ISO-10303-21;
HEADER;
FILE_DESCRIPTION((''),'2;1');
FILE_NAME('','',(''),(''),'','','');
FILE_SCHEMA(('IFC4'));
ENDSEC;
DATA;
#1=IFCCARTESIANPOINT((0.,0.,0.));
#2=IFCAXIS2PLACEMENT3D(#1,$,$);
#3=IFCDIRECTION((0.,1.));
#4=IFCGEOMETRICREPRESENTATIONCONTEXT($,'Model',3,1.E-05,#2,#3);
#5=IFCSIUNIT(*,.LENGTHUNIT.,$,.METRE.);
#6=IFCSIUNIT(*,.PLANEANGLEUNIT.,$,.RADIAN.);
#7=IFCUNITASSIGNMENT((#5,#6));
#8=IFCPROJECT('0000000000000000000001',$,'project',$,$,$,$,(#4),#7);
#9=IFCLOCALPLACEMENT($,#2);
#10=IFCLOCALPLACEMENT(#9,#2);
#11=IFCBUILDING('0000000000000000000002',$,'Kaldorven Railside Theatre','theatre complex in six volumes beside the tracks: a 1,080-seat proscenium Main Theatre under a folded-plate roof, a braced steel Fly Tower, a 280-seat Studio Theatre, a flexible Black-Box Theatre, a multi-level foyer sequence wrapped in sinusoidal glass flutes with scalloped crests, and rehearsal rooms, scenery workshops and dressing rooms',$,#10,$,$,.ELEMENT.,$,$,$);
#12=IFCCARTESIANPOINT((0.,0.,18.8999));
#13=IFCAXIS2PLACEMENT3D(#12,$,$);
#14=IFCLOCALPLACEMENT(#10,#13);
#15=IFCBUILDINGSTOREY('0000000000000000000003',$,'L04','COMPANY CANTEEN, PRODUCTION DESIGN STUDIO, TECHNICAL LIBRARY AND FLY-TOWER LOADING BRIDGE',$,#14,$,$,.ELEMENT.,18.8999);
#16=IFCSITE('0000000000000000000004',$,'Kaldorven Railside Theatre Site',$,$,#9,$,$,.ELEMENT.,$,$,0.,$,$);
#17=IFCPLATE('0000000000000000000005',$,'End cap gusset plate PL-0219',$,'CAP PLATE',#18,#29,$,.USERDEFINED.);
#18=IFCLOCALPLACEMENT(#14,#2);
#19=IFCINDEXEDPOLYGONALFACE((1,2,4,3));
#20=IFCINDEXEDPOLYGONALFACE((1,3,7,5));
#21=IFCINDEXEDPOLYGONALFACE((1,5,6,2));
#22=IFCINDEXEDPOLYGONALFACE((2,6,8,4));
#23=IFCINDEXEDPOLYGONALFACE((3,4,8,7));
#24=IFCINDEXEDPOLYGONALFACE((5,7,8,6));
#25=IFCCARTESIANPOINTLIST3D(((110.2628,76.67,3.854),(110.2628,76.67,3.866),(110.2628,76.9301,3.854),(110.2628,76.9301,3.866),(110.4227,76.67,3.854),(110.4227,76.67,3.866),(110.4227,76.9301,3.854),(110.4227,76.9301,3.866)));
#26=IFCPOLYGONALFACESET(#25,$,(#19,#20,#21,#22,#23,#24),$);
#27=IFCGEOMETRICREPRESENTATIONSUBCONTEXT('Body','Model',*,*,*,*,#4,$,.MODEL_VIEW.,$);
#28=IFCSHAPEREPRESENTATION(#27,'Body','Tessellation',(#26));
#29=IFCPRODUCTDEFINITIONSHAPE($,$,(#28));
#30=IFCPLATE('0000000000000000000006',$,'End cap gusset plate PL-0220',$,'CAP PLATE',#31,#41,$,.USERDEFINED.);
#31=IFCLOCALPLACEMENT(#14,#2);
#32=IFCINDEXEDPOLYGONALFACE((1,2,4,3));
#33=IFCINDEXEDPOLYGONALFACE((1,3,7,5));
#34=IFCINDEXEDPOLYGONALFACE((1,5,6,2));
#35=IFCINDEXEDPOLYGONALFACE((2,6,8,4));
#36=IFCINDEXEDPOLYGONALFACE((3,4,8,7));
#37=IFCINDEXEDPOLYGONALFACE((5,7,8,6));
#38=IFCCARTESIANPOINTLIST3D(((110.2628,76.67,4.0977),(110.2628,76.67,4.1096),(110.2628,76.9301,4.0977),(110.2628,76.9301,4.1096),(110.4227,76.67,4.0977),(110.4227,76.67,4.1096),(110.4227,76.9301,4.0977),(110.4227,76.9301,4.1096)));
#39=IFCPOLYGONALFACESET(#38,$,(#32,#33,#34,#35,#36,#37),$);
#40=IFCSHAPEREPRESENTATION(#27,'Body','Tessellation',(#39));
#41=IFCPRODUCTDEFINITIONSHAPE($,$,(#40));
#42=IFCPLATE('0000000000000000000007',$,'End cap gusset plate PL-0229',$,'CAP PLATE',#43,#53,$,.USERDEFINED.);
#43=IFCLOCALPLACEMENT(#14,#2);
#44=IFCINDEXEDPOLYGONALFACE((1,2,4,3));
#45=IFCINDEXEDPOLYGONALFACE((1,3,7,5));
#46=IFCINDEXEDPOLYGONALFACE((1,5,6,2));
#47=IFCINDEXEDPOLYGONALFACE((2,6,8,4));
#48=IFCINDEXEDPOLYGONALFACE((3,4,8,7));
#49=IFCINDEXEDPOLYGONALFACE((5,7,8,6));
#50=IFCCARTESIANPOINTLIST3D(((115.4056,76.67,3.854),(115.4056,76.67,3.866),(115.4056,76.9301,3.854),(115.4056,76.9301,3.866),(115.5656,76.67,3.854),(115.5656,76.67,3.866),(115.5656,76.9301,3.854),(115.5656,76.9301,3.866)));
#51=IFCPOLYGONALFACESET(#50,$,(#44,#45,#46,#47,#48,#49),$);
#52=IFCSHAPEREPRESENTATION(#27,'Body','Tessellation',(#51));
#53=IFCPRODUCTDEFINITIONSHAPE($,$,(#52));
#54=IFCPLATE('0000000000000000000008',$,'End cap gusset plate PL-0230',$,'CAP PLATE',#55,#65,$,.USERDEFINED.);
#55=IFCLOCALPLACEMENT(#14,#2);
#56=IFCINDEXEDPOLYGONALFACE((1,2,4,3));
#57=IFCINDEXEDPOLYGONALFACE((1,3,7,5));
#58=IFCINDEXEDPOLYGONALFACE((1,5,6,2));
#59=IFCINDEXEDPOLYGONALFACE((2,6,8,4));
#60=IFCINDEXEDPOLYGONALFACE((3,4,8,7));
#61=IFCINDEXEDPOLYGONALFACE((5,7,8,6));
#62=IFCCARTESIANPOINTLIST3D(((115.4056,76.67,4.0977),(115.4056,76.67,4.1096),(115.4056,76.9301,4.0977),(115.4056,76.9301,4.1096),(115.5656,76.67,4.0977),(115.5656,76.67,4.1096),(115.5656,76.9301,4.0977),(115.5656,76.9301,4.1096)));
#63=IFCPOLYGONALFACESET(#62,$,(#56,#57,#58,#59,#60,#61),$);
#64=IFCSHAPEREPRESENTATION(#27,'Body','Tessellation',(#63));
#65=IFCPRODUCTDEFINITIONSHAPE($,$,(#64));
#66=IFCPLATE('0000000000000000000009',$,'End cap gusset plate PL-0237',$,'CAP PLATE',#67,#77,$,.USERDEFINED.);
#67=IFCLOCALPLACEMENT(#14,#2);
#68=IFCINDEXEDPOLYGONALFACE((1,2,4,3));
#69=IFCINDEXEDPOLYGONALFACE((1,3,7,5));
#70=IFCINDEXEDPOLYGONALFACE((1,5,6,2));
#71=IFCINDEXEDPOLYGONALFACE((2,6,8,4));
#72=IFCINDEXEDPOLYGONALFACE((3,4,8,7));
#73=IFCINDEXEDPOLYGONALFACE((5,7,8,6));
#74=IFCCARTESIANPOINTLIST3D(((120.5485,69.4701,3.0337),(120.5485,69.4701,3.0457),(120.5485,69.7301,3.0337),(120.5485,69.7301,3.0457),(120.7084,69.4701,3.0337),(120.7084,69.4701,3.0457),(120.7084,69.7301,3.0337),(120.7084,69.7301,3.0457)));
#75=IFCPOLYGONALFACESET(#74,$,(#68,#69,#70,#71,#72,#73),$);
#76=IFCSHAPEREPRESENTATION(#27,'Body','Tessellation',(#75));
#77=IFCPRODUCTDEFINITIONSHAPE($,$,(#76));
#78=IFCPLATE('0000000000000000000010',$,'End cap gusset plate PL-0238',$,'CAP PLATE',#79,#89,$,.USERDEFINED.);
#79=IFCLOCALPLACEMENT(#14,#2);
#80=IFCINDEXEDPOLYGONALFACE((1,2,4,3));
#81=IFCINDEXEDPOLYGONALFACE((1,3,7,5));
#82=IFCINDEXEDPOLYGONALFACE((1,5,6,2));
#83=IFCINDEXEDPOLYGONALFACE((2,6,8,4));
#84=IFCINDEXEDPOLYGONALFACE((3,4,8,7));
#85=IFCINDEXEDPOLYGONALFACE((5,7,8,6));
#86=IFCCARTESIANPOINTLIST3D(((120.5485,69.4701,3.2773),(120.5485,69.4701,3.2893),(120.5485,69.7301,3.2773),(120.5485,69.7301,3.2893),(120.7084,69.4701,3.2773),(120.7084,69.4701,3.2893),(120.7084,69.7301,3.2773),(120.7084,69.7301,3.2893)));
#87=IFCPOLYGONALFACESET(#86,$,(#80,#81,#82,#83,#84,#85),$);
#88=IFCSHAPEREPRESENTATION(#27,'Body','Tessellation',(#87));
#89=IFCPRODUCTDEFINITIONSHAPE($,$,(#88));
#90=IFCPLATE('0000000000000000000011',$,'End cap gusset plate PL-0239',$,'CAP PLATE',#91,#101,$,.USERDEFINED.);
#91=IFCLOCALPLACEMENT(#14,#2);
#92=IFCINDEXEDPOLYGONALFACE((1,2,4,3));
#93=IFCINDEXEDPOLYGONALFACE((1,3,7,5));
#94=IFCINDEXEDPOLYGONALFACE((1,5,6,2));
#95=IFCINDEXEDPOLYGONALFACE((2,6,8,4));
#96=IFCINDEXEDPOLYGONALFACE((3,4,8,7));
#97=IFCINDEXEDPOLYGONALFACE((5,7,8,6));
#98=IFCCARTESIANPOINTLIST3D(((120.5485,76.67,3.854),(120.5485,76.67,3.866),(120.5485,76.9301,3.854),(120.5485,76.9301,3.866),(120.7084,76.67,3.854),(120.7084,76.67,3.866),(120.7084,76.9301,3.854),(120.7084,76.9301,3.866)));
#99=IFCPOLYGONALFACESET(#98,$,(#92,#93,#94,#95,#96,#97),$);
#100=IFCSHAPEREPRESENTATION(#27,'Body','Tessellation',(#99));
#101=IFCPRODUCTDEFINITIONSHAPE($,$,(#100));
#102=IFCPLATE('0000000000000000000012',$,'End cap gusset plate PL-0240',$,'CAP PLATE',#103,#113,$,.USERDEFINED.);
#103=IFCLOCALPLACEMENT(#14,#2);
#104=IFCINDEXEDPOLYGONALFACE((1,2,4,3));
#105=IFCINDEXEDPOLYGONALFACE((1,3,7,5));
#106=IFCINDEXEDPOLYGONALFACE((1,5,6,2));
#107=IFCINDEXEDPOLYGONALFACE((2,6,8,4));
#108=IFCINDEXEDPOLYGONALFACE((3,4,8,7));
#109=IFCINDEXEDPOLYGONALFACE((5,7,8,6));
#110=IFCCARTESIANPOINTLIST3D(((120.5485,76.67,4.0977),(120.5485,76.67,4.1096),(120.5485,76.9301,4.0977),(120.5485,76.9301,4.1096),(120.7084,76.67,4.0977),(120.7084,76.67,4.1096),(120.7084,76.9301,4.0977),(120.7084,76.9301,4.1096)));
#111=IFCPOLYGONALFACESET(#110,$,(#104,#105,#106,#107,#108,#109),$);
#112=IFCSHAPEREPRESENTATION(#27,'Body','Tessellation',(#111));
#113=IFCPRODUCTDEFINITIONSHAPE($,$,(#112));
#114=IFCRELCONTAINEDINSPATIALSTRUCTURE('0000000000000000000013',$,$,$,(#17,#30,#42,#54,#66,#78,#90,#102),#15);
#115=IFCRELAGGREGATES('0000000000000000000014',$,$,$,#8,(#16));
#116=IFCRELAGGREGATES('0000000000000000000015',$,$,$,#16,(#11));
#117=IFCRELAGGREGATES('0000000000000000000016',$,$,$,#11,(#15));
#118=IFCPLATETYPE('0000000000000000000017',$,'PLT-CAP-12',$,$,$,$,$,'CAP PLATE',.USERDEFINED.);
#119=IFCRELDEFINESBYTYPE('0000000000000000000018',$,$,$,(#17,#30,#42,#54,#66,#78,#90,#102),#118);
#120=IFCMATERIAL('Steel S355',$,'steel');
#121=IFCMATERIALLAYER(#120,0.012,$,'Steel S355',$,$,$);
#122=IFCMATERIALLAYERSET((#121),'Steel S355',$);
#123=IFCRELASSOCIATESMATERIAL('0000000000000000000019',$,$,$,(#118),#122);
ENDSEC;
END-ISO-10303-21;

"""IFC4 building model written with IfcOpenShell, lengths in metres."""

from ifc_helpers import new_model, si_unit, direction, frame, origin, origin_2d, place, context, subcontext, project, spatial, rectangle, extrude, material, layer, layer_set, type_object, element, save


model = new_model("IFC4")

# Units and contexts
model_context = context("Model", 3, precision=1e-05, world=origin(), true_north=direction((0.0, 1.0)))
body_context = subcontext(model_context, "Body", "Model", "MODEL_VIEW")
ifc_project = project(units=[si_unit("LENGTHUNIT", "METRE"), si_unit("PLANEANGLEUNIT", "RADIAN")], contexts=[model_context])

# Site, building, storey
site_placement = place(None, origin())
site = spatial("IfcSite", under=ifc_project, at=site_placement, Name="Kaldorven Railside Theatre Site", CompositionType="ELEMENT", RefElevation=0.0)
building_placement = place(site_placement, origin())
building = spatial("IfcBuilding", under=site, at=building_placement, Name="Kaldorven Railside Theatre", Description="theatre complex in six volumes beside the tracks: a 1,080-seat proscenium Main Theatre under a folded-plate roof, a braced steel Fly Tower, a 280-seat Studio Theatre, a flexible Black-Box Theatre, a multi-level foyer sequence wrapped in sinusoidal glass flutes with scalloped crests, and rehearsal rooms, scenery workshops and dressing rooms", CompositionType="ELEMENT")
storey_placement = place(building_placement, frame((0.0, 0.0, 18.8999)))
storey = spatial("IfcBuildingStorey", under=building, at=storey_placement, Name="L04", Description="COMPANY CANTEEN, PRODUCTION DESIGN STUDIO, TECHNICAL LIBRARY AND FLY-TOWER LOADING BRIDGE", CompositionType="ELEMENT", Elevation=18.8999)

# Shared definitions
ifc_material = material(Name="Steel S355", Category="steel")

# Plates
ifc_layer = layer(ifc_material, 0.012, Name="Steel S355")
ifc_layer_set = layer_set([ifc_layer], Name="Steel S355")
plate_type = type_object("IfcPlateType", Name="PLT-CAP-12", ElementType="CAP PLATE", PredefinedType="USERDEFINED", material=ifc_layer_set)
for number, where, z_axis, x_axis, name in (
    (1, (110.3428, 76.8, 3.854), (0.0, 0.0, 1.0), (1.0, 0.0, 0.0), "End cap gusset plate PL-0219"),
    (2, (110.3428, 76.8, 4.0977), (0.0, 0.0, 1.0), (1.0, 0.0, 0.0), "End cap gusset plate PL-0220"),
    (3, (115.4856, 76.8, 3.854), (0.0, 0.0, 1.0), (1.0, 0.0, 0.0), "End cap gusset plate PL-0229"),
    (4, (115.4856, 76.8, 4.0977), (0.0, 0.0, 1.0), (1.0, 0.0, 0.0), "End cap gusset plate PL-0230"),
    (5, (120.6284, 69.6001, 3.0337), (0.0, 0.0, 1.0), (1.0, 0.0, 0.0), "End cap gusset plate PL-0237"),
    (6, (120.6284, 69.6001, 3.2773), (0.0, 0.0, 1.0), (1.0, 0.0, 0.0), "End cap gusset plate PL-0238"),
    (7, (120.6284, 76.8, 3.854), (0.0, 0.0, 1.0), (1.0, 0.0, 0.0), "End cap gusset plate PL-0239"),
    (8, (120.6284, 76.8, 4.0977), (0.0, 0.0, 1.0), (1.0, 0.0, 0.0), "End cap gusset plate PL-0240"),
):
    element("IfcPlate", number, at=place(storey_placement, frame(where, z_axis=z_axis, x_axis=x_axis)), inside=storey, type_object=plate_type, Name=name, ObjectType="CAP PLATE", PredefinedType="USERDEFINED", context=body_context, shape_type="SweptSolid", body=[
        extrude(rectangle(XDim=0.1599, YDim=0.26, at=origin_2d()), origin(), (0.0, 0.0, 1.0), 0.012),
    ])

save(model, "model.ifc")
